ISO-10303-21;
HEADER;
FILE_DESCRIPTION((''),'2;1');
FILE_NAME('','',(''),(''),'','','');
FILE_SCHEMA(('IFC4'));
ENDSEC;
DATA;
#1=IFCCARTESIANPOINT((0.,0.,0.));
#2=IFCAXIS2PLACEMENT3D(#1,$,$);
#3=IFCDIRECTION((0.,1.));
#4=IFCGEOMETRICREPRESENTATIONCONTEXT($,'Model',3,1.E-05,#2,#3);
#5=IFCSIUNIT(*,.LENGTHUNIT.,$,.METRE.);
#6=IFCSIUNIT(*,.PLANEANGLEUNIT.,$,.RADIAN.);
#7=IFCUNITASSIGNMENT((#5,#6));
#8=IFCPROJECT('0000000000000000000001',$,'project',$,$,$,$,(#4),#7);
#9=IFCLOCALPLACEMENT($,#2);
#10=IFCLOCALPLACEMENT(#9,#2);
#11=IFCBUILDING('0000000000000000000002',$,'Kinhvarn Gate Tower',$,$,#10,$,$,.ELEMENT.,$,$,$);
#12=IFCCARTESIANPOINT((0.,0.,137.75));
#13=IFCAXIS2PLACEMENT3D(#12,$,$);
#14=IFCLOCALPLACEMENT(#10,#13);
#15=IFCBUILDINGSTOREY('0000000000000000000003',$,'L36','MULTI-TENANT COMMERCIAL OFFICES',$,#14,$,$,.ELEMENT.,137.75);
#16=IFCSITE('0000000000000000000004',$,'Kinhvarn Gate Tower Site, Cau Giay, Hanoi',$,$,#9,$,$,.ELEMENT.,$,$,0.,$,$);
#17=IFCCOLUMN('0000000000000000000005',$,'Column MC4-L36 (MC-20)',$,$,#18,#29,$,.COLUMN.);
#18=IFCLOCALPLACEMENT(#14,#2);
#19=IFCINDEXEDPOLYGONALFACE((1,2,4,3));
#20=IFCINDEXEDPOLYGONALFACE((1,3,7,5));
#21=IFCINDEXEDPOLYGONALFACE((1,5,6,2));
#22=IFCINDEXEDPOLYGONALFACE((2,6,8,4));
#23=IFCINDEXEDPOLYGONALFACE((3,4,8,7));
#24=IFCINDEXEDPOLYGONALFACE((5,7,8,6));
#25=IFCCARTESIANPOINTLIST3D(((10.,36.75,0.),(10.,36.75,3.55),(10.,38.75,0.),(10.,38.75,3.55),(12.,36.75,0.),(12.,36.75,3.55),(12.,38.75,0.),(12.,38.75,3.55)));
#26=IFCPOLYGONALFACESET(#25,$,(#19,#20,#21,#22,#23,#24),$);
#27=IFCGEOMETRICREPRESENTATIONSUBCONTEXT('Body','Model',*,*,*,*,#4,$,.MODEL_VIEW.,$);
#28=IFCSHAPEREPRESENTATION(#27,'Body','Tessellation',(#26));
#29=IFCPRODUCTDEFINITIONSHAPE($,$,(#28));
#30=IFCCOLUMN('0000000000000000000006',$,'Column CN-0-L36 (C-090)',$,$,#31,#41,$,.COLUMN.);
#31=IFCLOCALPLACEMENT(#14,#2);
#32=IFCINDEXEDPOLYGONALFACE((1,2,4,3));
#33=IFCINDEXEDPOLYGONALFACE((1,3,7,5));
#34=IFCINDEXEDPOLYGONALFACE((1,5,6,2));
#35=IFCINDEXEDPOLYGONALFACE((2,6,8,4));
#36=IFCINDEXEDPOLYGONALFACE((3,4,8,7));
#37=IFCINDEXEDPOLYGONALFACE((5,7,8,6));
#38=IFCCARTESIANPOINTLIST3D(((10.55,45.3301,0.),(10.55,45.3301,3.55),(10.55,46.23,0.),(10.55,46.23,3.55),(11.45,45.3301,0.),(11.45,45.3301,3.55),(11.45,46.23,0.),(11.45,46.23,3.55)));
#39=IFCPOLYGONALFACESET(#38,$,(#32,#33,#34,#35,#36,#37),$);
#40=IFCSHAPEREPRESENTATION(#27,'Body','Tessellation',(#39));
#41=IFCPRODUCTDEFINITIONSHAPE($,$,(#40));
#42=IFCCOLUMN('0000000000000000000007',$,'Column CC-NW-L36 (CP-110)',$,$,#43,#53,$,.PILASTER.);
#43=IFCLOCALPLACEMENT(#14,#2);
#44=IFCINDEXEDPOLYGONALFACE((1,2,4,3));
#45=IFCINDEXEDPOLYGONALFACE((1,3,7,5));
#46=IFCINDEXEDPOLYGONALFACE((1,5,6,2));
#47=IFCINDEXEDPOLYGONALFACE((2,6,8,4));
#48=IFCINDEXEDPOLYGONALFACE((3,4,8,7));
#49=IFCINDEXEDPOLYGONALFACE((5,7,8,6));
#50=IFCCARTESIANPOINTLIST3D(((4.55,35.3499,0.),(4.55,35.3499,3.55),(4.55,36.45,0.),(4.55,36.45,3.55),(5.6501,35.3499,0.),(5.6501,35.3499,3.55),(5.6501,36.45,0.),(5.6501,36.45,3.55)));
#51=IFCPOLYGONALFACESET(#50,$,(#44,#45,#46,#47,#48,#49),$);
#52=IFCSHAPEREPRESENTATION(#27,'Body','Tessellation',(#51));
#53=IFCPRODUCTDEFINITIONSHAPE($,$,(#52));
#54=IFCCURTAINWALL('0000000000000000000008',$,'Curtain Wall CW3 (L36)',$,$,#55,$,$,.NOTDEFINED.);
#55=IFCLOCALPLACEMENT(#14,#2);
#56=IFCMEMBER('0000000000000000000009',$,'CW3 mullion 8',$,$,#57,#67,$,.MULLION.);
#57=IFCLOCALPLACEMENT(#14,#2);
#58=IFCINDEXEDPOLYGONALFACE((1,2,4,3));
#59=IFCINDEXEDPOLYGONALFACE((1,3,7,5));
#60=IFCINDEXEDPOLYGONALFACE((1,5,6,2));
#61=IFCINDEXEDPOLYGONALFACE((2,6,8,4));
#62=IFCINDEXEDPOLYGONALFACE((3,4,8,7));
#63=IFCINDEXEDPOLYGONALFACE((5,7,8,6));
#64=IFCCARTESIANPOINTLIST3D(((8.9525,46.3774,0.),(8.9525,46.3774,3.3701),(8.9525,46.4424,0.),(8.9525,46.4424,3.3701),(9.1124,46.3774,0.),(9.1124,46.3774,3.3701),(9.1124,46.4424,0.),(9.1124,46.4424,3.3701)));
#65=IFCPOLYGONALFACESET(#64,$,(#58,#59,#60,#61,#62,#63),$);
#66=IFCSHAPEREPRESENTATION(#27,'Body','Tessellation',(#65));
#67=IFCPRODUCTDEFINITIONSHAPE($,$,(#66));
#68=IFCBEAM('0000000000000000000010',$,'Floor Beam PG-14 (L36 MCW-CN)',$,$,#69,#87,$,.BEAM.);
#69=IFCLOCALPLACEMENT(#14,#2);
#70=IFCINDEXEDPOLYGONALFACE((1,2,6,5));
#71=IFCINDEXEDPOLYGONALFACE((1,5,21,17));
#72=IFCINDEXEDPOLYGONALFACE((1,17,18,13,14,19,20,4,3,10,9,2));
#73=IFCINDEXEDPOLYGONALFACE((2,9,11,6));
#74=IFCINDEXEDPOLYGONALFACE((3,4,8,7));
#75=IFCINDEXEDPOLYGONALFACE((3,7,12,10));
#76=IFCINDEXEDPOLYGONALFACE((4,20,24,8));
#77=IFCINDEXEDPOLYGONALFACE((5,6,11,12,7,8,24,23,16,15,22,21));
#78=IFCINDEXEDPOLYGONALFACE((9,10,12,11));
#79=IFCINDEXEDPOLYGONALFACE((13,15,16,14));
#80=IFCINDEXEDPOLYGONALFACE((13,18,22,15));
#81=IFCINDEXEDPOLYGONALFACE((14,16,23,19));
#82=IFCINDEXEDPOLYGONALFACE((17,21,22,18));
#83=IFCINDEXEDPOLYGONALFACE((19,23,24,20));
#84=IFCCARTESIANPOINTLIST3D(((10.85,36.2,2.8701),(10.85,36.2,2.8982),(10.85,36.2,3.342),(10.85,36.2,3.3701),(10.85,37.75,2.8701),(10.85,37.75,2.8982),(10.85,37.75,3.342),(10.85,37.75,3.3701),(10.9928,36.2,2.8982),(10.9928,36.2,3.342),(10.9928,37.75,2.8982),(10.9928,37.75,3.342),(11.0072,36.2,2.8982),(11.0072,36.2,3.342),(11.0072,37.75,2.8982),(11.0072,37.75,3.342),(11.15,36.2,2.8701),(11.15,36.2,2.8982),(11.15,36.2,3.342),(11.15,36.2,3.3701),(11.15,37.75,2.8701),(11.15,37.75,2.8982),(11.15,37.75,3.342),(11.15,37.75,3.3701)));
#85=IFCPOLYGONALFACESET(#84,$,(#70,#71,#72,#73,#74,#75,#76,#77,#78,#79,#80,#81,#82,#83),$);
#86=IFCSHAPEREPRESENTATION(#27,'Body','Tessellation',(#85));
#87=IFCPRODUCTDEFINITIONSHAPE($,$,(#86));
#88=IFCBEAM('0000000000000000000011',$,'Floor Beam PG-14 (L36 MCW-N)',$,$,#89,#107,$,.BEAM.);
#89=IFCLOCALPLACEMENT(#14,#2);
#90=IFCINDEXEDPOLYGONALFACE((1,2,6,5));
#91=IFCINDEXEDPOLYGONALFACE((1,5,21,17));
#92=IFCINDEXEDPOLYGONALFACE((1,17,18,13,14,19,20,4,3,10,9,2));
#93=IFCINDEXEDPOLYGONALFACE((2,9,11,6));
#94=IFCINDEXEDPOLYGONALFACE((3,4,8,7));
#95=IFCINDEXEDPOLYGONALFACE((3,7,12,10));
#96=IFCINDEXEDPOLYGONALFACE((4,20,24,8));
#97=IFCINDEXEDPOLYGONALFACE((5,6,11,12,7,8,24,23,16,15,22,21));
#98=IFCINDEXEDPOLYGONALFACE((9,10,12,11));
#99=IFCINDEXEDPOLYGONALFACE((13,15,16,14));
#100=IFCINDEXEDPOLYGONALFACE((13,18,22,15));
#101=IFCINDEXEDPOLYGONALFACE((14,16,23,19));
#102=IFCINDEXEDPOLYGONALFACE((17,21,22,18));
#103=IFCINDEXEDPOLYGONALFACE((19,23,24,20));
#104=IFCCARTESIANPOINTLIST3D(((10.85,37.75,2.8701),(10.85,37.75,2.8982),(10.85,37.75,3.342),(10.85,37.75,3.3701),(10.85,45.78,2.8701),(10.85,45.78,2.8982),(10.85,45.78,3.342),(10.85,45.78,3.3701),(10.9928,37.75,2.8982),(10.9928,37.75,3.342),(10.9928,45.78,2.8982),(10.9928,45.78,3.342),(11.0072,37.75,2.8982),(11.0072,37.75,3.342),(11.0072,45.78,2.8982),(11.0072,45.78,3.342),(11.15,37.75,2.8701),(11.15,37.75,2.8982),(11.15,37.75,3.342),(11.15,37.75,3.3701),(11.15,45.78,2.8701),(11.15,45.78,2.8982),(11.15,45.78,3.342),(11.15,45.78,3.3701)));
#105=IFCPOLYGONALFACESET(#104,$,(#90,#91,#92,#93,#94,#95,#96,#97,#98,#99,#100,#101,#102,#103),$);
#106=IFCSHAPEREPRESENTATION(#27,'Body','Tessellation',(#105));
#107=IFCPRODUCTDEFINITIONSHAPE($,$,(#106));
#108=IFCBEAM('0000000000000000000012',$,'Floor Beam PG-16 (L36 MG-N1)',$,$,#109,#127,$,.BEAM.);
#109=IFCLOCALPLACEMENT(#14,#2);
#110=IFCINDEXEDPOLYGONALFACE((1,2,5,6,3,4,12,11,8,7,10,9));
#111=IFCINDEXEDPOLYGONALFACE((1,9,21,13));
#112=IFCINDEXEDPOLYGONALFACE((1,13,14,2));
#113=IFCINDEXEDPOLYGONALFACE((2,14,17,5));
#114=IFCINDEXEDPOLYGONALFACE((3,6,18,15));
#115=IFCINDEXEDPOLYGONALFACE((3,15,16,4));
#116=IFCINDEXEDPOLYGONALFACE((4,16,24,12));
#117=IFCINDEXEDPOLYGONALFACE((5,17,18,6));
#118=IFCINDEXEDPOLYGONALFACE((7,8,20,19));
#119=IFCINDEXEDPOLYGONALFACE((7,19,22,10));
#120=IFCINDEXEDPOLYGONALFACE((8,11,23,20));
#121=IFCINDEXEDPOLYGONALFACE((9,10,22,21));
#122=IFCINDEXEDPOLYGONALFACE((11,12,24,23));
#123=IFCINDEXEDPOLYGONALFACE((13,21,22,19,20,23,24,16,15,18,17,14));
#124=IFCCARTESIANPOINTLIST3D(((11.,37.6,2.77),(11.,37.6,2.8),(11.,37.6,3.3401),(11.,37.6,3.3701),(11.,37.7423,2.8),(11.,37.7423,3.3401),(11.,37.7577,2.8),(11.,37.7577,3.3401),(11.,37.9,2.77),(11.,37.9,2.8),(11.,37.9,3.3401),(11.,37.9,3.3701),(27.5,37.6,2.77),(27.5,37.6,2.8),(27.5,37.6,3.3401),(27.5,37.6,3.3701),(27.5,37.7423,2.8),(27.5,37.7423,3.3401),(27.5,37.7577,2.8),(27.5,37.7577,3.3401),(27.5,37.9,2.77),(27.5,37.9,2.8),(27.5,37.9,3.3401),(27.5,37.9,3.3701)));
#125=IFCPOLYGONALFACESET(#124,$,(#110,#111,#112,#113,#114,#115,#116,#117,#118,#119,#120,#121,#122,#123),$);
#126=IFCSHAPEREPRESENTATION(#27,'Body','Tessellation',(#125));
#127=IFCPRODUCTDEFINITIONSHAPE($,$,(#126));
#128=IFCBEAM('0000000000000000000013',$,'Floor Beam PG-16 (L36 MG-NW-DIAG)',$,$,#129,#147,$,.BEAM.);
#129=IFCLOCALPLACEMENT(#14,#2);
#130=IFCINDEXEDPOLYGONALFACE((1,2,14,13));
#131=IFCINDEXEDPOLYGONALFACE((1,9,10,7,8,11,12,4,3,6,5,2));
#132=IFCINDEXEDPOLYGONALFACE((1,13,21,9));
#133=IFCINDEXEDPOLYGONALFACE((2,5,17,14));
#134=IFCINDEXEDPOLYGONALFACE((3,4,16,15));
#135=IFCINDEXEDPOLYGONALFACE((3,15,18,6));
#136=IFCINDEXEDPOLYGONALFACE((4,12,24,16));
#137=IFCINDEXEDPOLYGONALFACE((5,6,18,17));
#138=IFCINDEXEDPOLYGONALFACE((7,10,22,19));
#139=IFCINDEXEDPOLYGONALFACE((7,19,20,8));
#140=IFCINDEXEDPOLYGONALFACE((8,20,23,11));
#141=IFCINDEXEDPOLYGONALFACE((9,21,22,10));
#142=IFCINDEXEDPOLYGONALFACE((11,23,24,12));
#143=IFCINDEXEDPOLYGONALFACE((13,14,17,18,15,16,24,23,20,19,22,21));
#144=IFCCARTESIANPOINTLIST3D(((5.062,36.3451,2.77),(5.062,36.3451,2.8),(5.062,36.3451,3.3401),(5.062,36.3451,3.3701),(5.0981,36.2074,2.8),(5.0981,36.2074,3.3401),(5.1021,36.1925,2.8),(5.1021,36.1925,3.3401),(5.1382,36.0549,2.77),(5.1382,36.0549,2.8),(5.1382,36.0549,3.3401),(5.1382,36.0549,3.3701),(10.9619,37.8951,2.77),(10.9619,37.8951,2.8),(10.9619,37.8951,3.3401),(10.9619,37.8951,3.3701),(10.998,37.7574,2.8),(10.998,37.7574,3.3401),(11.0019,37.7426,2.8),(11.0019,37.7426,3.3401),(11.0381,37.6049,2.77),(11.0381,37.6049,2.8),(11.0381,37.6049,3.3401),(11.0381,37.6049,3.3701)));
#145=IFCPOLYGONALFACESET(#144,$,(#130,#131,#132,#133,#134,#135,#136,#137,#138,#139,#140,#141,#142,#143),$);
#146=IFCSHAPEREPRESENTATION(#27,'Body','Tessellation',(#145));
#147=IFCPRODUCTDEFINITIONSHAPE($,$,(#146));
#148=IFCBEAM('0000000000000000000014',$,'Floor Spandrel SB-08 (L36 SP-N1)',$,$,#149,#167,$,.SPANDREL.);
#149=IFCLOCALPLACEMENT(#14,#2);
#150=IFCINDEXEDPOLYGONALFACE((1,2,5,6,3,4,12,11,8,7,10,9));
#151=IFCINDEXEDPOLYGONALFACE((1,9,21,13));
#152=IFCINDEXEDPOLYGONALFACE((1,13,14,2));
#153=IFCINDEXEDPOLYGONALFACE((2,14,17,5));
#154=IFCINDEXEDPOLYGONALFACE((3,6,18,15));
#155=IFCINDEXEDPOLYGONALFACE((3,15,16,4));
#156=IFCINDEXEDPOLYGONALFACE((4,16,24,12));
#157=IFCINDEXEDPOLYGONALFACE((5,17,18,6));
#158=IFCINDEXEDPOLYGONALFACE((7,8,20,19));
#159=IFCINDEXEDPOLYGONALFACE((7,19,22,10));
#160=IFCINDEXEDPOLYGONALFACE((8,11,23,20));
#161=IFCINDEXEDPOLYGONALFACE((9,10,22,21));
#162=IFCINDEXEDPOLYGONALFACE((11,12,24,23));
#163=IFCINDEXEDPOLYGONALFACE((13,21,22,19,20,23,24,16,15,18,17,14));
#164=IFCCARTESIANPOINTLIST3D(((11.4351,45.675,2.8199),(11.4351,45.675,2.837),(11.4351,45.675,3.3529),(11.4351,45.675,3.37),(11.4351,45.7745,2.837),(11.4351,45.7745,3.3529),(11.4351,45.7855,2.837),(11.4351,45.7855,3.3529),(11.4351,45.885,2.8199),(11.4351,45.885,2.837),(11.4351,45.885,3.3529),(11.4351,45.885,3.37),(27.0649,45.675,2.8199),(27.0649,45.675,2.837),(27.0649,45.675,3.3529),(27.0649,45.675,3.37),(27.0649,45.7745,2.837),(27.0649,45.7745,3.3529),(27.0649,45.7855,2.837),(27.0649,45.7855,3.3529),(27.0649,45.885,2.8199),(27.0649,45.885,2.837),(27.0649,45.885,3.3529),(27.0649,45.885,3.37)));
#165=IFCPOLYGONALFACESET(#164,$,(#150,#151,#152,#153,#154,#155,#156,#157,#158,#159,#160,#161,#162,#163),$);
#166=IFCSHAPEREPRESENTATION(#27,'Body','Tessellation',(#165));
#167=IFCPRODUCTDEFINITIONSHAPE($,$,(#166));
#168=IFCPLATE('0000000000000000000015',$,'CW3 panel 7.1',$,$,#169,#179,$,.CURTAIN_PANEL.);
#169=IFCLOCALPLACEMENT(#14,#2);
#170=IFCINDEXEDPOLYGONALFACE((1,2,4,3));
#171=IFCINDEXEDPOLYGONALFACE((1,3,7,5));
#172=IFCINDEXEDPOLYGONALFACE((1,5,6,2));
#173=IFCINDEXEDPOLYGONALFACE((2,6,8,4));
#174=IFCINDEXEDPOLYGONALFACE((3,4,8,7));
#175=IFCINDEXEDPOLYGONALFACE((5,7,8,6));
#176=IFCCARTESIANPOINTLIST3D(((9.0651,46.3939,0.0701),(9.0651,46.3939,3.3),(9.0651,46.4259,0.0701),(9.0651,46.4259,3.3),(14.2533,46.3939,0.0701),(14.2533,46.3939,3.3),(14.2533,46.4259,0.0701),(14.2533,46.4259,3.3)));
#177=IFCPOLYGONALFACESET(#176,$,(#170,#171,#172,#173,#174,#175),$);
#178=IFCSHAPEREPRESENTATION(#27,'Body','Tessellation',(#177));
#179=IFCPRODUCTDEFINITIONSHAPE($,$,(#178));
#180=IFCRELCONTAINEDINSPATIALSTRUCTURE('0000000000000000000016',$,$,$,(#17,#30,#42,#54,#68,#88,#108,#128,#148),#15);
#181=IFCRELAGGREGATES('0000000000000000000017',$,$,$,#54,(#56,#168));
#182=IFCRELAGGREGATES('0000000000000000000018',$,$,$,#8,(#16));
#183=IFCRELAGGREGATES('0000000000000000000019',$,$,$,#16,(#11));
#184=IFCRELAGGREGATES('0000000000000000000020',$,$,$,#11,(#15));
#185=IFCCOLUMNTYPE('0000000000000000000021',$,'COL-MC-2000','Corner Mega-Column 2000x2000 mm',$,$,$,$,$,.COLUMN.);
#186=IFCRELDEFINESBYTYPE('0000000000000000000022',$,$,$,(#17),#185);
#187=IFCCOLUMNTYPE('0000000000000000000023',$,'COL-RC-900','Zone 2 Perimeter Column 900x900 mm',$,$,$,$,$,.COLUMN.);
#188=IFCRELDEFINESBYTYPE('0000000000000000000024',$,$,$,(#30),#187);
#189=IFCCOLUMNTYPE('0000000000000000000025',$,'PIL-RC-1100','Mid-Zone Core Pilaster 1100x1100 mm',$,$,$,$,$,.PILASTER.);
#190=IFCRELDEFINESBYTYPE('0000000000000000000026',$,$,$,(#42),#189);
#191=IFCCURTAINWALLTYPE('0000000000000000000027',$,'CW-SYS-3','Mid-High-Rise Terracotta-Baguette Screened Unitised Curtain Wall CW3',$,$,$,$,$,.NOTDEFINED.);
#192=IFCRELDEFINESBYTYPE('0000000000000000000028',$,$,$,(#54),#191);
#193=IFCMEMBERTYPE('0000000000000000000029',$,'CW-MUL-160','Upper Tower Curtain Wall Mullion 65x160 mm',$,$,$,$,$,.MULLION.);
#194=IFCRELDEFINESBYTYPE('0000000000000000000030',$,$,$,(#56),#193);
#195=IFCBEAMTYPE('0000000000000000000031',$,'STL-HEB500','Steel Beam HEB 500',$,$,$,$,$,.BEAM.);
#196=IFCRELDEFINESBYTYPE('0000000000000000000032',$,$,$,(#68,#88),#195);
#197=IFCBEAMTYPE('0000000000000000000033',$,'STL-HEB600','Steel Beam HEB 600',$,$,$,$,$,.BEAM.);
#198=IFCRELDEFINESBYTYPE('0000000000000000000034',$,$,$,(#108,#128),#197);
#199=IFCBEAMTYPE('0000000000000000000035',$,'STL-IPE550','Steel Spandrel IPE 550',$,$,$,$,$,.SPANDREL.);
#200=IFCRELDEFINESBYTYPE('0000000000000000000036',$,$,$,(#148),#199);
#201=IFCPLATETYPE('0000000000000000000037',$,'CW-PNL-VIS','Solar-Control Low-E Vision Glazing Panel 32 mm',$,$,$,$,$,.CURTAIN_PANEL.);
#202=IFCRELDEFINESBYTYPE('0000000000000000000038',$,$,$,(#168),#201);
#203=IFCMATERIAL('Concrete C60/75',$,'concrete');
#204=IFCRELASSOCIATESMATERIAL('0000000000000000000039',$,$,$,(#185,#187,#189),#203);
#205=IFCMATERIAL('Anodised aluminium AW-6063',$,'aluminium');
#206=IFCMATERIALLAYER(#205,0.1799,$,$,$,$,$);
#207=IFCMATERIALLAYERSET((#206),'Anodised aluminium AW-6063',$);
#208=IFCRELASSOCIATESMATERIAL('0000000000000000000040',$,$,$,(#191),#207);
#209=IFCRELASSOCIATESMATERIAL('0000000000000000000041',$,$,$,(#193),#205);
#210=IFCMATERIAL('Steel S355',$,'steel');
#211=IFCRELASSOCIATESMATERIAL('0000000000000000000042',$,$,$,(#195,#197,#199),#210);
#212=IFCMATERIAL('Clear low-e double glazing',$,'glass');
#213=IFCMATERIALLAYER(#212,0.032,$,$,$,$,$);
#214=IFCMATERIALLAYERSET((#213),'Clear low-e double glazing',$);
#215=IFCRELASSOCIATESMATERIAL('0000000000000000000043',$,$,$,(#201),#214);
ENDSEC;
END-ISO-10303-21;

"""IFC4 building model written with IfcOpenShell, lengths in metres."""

from ifc_helpers import new_model, si_unit, direction, frame, origin, origin_2d, place, context, subcontext, project, spatial, rectangle, i_section, extrude, material, layer, layer_set, material_profile, profile_set, type_object, element, aggregate, save


model = new_model("IFC4")

# Units and contexts
model_context = context("Model", 3, precision=1e-05, world=origin(), true_north=direction((0.0, 1.0)))
body_context = subcontext(model_context, "Body", "Model", "MODEL_VIEW")
ifc_project = project(units=[si_unit("LENGTHUNIT", "METRE"), si_unit("PLANEANGLEUNIT", "RADIAN")], contexts=[model_context])

# Site, building, storey
site_placement = place(None, origin())
site = spatial("IfcSite", under=ifc_project, at=site_placement, Name="Kinhvarn Gate Tower Site, Cau Giay, Hanoi", CompositionType="ELEMENT", RefElevation=0.0)
building_placement = place(site_placement, origin())
building = spatial("IfcBuilding", under=site, at=building_placement, Name="Kinhvarn Gate Tower", CompositionType="ELEMENT")
storey_placement = place(building_placement, frame((0.0, 0.0, 137.75)))
storey = spatial("IfcBuildingStorey", under=building, at=storey_placement, Name="L36", Description="MULTI-TENANT COMMERCIAL OFFICES", CompositionType="ELEMENT", Elevation=137.75)

# Columns
ifc_material_1 = material(Name="Concrete C60/75", Category="concrete")
ifc_material_profile_1 = material_profile(ifc_material_1, rectangle(XDim=2.0, YDim=2.0, at=origin_2d()), Name="RC 2000x2000")
ifc_profile_set_1 = profile_set([ifc_material_profile_1], Name="Concrete C60/75")
column_type_1 = type_object("IfcColumnType", Name="COL-MC-2000", Description="Corner Mega-Column 2000x2000 mm", PredefinedType="COLUMN", material=ifc_profile_set_1)
column_1_placement = place(storey_placement, frame((11.0, 37.75, 0.0), z_axis=(0.0, 0.0, 1.0), x_axis=(1.0, 0.0, 0.0)))
element("IfcColumn", 1, at=column_1_placement, inside=storey, type_object=column_type_1, Name="Column MC4-L36 (MC-20)", PredefinedType="COLUMN", context=body_context, shape_type="SweptSolid", body=[
    extrude(rectangle(XDim=2.0, YDim=2.0, at=origin_2d()), origin(), (0.0, 0.0, 1.0), 3.55),
])
ifc_material_profile_2 = material_profile(ifc_material_1, rectangle(XDim=0.8999, YDim=0.8999, at=origin_2d()), Name="RC 900x900")
ifc_profile_set_2 = profile_set([ifc_material_profile_2], Name="Concrete C60/75")
column_type_2 = type_object("IfcColumnType", Name="COL-RC-900", Description="Zone 2 Perimeter Column 900x900 mm", PredefinedType="COLUMN", material=ifc_profile_set_2)
column_2_placement = place(storey_placement, frame((11.0, 45.78, 0.0), z_axis=(0.0, 0.0, 1.0), x_axis=(1.0, 0.0, 0.0)))
element("IfcColumn", 2, at=column_2_placement, inside=storey, type_object=column_type_2, Name="Column CN-0-L36 (C-090)", PredefinedType="COLUMN", context=body_context, shape_type="SweptSolid", body=[
    extrude(rectangle(XDim=0.8999, YDim=0.8999, at=origin_2d()), origin(), (0.0, 0.0, 1.0), 3.55),
])
ifc_material_profile_3 = material_profile(ifc_material_1, rectangle(XDim=1.1001, YDim=1.1001, at=origin_2d()), Name="RC 1100x1100")
ifc_profile_set_3 = profile_set([ifc_material_profile_3], Name="Concrete C60/75")
column_type_3 = type_object("IfcColumnType", Name="PIL-RC-1100", Description="Mid-Zone Core Pilaster 1100x1100 mm", PredefinedType="PILASTER", material=ifc_profile_set_3)
column_3_placement = place(storey_placement, frame((5.1001, 35.8999, 0.0), z_axis=(0.0, 0.0, 1.0), x_axis=(1.0, 0.0, 0.0)))
element("IfcColumn", 3, at=column_3_placement, inside=storey, type_object=column_type_3, Name="Column CC-NW-L36 (CP-110)", PredefinedType="PILASTER", context=body_context, shape_type="SweptSolid", body=[
    extrude(rectangle(XDim=1.1001, YDim=1.1001, at=origin_2d()), origin(), (0.0, 0.0, 1.0), 3.55),
])

# Curtain wall, member
ifc_material_2 = material(Name="Anodised aluminium AW-6063", Category="aluminium")
ifc_layer_1 = layer(ifc_material_2, 0.1799)
ifc_layer_set_1 = layer_set([ifc_layer_1], Name="Anodised aluminium AW-6063")
curtain_wall_type = type_object("IfcCurtainWallType", Name="CW-SYS-3", Description="Mid-High-Rise Terracotta-Baguette Screened Unitised Curtain Wall CW3", PredefinedType="NOTDEFINED", material=ifc_layer_set_1)
curtain_wall_placement = place(storey_placement, origin())
curtain_wall = element("IfcCurtainWall", 4, at=curtain_wall_placement, inside=storey, type_object=curtain_wall_type, Name="Curtain Wall CW3 (L36)", PredefinedType="NOTDEFINED")
ifc_material_profile_4 = material_profile(ifc_material_2, rectangle(XDim=0.0649, YDim=0.1599, at=origin_2d()), Name="ALU 65x160")
ifc_profile_set_4 = profile_set([ifc_material_profile_4], Name="Anodised aluminium AW-6063")
member_type = type_object("IfcMemberType", Name="CW-MUL-160", Description="Upper Tower Curtain Wall Mullion 65x160 mm", PredefinedType="MULLION", material=ifc_profile_set_4)
member_placement = place(storey_placement, frame((9.0325, 46.4099, 0.0), z_axis=(0.0, 0.0, 1.0), x_axis=(0.0, -1.0, 0.0)))
member = element("IfcMember", 5, at=member_placement, type_object=member_type, Name="CW3 mullion 8", PredefinedType="MULLION", context=body_context, shape_type="SweptSolid", body=[
    extrude(rectangle(XDim=0.0649, YDim=0.1599, at=origin_2d()), origin(), (0.0, 0.0, 1.0), 3.3701),
])

# Beams
ifc_material_3 = material(Name="Steel S355", Category="steel")
ifc_material_profile_5 = material_profile(ifc_material_3, i_section(OverallWidth=0.3, OverallDepth=0.5, WebThickness=0.0144, FlangeThickness=0.0281, at=origin_2d()), Name="HEB 500")
ifc_profile_set_5 = profile_set([ifc_material_profile_5], Name="Steel S355")
beam_type_1 = type_object("IfcBeamType", Name="STL-HEB500", Description="Steel Beam HEB 500", PredefinedType="BEAM", material=ifc_profile_set_5)
beam_1_placement = place(storey_placement, frame((11.0, 36.2, 3.1201), z_axis=(0.0, 1.0, 0.0), x_axis=(-1.0, 0.0, 0.0)))
element("IfcBeam", 6, at=beam_1_placement, inside=storey, type_object=beam_type_1, Name="Floor Beam PG-14 (L36 MCW-CN)", PredefinedType="BEAM", context=body_context, shape_type="SweptSolid", body=[
    extrude(i_section(OverallWidth=0.3, OverallDepth=0.5, WebThickness=0.0144, FlangeThickness=0.0281, at=origin_2d()), origin(), (0.0, 0.0, 1.0), 1.55),
])
beam_2_placement = place(storey_placement, frame((11.0, 37.75, 3.1201), z_axis=(0.0, 1.0, 0.0), x_axis=(-1.0, 0.0, 0.0)))
element("IfcBeam", 7, at=beam_2_placement, inside=storey, type_object=beam_type_1, Name="Floor Beam PG-14 (L36 MCW-N)", PredefinedType="BEAM", context=body_context, shape_type="SweptSolid", body=[
    extrude(i_section(OverallWidth=0.3, OverallDepth=0.5, WebThickness=0.0144, FlangeThickness=0.0281, at=origin_2d()), origin(), (0.0, 0.0, 1.0), 8.03),
])
ifc_material_profile_6 = material_profile(ifc_material_3, i_section(OverallWidth=0.3, OverallDepth=0.6001, WebThickness=0.0154, FlangeThickness=0.03, at=origin_2d()), Name="HEB 600")
ifc_profile_set_6 = profile_set([ifc_material_profile_6], Name="Steel S355")
beam_type_2 = type_object("IfcBeamType", Name="STL-HEB600", Description="Steel Beam HEB 600", PredefinedType="BEAM", material=ifc_profile_set_6)
beam_3_placement = place(storey_placement, frame((11.0, 37.75, 3.0701), z_axis=(1.0, 0.0, 0.0), x_axis=(0.0, 1.0, 0.0)))
element("IfcBeam", 8, at=beam_3_placement, inside=storey, type_object=beam_type_2, Name="Floor Beam PG-16 (L36 MG-N1)", PredefinedType="BEAM", context=body_context, shape_type="SweptSolid", body=[
    extrude(i_section(OverallWidth=0.3, OverallDepth=0.6001, WebThickness=0.0154, FlangeThickness=0.03, at=origin_2d()), origin(), (0.0, 0.0, 1.0), 16.5),
])
beam_4_placement = place(storey_placement, frame((5.1001, 36.2, 3.0701), z_axis=(0.967178, 0.254101, 0.0), x_axis=(-0.254101, 0.967178, 0.0)))
element("IfcBeam", 9, at=beam_4_placement, inside=storey, type_object=beam_type_2, Name="Floor Beam PG-16 (L36 MG-NW-DIAG)", PredefinedType="BEAM", context=body_context, shape_type="SweptSolid", body=[
    extrude(i_section(OverallWidth=0.3, OverallDepth=0.6001, WebThickness=0.0154, FlangeThickness=0.03, at=origin_2d()), origin(), (0.0, 0.0, 1.0), 6.1001),
])
ifc_material_profile_7 = material_profile(ifc_material_3, i_section(OverallWidth=0.21, OverallDepth=0.55, WebThickness=0.011, FlangeThickness=0.0171, at=origin_2d()), Name="IPE 550")
ifc_profile_set_7 = profile_set([ifc_material_profile_7], Name="Steel S355")
beam_type_3 = type_object("IfcBeamType", Name="STL-IPE550", Description="Steel Spandrel IPE 550", PredefinedType="SPANDREL", material=ifc_profile_set_7)
beam_5_placement = place(storey_placement, frame((11.4351, 45.78, 3.095), z_axis=(1.0, 0.0, 0.0), x_axis=(0.0, 1.0, 0.0)))
element("IfcBeam", 10, at=beam_5_placement, inside=storey, type_object=beam_type_3, Name="Floor Spandrel SB-08 (L36 SP-N1)", PredefinedType="SPANDREL", context=body_context, shape_type="SweptSolid", body=[
    extrude(i_section(OverallWidth=0.21, OverallDepth=0.55, WebThickness=0.011, FlangeThickness=0.0171, at=origin_2d()), origin(), (0.0, 0.0, 1.0), 15.6299),
])

# Plate
ifc_material_4 = material(Name="Clear low-e double glazing", Category="glass")
ifc_layer_2 = layer(ifc_material_4, 0.032)
ifc_layer_set_2 = layer_set([ifc_layer_2], Name="Clear low-e double glazing")
plate_type = type_object("IfcPlateType", Name="CW-PNL-VIS", Description="Solar-Control Low-E Vision Glazing Panel 32 mm", PredefinedType="CURTAIN_PANEL", material=ifc_layer_set_2)
plate_placement = place(storey_placement, frame((11.6592, 46.4099, 0.0701), z_axis=(0.0, 0.0, 1.0), x_axis=(-1.0, 0.0, 0.0)))
plate = element("IfcPlate", 11, at=plate_placement, type_object=plate_type, Name="CW3 panel 7.1", PredefinedType="CURTAIN_PANEL", context=body_context, shape_type="SweptSolid", body=[
    extrude(rectangle(XDim=5.1882, YDim=0.032, at=origin_2d()), origin(), (0.0, 0.0, 1.0), 3.23),
])
aggregate(curtain_wall, [member, plate])

save(model, "model.ifc")
